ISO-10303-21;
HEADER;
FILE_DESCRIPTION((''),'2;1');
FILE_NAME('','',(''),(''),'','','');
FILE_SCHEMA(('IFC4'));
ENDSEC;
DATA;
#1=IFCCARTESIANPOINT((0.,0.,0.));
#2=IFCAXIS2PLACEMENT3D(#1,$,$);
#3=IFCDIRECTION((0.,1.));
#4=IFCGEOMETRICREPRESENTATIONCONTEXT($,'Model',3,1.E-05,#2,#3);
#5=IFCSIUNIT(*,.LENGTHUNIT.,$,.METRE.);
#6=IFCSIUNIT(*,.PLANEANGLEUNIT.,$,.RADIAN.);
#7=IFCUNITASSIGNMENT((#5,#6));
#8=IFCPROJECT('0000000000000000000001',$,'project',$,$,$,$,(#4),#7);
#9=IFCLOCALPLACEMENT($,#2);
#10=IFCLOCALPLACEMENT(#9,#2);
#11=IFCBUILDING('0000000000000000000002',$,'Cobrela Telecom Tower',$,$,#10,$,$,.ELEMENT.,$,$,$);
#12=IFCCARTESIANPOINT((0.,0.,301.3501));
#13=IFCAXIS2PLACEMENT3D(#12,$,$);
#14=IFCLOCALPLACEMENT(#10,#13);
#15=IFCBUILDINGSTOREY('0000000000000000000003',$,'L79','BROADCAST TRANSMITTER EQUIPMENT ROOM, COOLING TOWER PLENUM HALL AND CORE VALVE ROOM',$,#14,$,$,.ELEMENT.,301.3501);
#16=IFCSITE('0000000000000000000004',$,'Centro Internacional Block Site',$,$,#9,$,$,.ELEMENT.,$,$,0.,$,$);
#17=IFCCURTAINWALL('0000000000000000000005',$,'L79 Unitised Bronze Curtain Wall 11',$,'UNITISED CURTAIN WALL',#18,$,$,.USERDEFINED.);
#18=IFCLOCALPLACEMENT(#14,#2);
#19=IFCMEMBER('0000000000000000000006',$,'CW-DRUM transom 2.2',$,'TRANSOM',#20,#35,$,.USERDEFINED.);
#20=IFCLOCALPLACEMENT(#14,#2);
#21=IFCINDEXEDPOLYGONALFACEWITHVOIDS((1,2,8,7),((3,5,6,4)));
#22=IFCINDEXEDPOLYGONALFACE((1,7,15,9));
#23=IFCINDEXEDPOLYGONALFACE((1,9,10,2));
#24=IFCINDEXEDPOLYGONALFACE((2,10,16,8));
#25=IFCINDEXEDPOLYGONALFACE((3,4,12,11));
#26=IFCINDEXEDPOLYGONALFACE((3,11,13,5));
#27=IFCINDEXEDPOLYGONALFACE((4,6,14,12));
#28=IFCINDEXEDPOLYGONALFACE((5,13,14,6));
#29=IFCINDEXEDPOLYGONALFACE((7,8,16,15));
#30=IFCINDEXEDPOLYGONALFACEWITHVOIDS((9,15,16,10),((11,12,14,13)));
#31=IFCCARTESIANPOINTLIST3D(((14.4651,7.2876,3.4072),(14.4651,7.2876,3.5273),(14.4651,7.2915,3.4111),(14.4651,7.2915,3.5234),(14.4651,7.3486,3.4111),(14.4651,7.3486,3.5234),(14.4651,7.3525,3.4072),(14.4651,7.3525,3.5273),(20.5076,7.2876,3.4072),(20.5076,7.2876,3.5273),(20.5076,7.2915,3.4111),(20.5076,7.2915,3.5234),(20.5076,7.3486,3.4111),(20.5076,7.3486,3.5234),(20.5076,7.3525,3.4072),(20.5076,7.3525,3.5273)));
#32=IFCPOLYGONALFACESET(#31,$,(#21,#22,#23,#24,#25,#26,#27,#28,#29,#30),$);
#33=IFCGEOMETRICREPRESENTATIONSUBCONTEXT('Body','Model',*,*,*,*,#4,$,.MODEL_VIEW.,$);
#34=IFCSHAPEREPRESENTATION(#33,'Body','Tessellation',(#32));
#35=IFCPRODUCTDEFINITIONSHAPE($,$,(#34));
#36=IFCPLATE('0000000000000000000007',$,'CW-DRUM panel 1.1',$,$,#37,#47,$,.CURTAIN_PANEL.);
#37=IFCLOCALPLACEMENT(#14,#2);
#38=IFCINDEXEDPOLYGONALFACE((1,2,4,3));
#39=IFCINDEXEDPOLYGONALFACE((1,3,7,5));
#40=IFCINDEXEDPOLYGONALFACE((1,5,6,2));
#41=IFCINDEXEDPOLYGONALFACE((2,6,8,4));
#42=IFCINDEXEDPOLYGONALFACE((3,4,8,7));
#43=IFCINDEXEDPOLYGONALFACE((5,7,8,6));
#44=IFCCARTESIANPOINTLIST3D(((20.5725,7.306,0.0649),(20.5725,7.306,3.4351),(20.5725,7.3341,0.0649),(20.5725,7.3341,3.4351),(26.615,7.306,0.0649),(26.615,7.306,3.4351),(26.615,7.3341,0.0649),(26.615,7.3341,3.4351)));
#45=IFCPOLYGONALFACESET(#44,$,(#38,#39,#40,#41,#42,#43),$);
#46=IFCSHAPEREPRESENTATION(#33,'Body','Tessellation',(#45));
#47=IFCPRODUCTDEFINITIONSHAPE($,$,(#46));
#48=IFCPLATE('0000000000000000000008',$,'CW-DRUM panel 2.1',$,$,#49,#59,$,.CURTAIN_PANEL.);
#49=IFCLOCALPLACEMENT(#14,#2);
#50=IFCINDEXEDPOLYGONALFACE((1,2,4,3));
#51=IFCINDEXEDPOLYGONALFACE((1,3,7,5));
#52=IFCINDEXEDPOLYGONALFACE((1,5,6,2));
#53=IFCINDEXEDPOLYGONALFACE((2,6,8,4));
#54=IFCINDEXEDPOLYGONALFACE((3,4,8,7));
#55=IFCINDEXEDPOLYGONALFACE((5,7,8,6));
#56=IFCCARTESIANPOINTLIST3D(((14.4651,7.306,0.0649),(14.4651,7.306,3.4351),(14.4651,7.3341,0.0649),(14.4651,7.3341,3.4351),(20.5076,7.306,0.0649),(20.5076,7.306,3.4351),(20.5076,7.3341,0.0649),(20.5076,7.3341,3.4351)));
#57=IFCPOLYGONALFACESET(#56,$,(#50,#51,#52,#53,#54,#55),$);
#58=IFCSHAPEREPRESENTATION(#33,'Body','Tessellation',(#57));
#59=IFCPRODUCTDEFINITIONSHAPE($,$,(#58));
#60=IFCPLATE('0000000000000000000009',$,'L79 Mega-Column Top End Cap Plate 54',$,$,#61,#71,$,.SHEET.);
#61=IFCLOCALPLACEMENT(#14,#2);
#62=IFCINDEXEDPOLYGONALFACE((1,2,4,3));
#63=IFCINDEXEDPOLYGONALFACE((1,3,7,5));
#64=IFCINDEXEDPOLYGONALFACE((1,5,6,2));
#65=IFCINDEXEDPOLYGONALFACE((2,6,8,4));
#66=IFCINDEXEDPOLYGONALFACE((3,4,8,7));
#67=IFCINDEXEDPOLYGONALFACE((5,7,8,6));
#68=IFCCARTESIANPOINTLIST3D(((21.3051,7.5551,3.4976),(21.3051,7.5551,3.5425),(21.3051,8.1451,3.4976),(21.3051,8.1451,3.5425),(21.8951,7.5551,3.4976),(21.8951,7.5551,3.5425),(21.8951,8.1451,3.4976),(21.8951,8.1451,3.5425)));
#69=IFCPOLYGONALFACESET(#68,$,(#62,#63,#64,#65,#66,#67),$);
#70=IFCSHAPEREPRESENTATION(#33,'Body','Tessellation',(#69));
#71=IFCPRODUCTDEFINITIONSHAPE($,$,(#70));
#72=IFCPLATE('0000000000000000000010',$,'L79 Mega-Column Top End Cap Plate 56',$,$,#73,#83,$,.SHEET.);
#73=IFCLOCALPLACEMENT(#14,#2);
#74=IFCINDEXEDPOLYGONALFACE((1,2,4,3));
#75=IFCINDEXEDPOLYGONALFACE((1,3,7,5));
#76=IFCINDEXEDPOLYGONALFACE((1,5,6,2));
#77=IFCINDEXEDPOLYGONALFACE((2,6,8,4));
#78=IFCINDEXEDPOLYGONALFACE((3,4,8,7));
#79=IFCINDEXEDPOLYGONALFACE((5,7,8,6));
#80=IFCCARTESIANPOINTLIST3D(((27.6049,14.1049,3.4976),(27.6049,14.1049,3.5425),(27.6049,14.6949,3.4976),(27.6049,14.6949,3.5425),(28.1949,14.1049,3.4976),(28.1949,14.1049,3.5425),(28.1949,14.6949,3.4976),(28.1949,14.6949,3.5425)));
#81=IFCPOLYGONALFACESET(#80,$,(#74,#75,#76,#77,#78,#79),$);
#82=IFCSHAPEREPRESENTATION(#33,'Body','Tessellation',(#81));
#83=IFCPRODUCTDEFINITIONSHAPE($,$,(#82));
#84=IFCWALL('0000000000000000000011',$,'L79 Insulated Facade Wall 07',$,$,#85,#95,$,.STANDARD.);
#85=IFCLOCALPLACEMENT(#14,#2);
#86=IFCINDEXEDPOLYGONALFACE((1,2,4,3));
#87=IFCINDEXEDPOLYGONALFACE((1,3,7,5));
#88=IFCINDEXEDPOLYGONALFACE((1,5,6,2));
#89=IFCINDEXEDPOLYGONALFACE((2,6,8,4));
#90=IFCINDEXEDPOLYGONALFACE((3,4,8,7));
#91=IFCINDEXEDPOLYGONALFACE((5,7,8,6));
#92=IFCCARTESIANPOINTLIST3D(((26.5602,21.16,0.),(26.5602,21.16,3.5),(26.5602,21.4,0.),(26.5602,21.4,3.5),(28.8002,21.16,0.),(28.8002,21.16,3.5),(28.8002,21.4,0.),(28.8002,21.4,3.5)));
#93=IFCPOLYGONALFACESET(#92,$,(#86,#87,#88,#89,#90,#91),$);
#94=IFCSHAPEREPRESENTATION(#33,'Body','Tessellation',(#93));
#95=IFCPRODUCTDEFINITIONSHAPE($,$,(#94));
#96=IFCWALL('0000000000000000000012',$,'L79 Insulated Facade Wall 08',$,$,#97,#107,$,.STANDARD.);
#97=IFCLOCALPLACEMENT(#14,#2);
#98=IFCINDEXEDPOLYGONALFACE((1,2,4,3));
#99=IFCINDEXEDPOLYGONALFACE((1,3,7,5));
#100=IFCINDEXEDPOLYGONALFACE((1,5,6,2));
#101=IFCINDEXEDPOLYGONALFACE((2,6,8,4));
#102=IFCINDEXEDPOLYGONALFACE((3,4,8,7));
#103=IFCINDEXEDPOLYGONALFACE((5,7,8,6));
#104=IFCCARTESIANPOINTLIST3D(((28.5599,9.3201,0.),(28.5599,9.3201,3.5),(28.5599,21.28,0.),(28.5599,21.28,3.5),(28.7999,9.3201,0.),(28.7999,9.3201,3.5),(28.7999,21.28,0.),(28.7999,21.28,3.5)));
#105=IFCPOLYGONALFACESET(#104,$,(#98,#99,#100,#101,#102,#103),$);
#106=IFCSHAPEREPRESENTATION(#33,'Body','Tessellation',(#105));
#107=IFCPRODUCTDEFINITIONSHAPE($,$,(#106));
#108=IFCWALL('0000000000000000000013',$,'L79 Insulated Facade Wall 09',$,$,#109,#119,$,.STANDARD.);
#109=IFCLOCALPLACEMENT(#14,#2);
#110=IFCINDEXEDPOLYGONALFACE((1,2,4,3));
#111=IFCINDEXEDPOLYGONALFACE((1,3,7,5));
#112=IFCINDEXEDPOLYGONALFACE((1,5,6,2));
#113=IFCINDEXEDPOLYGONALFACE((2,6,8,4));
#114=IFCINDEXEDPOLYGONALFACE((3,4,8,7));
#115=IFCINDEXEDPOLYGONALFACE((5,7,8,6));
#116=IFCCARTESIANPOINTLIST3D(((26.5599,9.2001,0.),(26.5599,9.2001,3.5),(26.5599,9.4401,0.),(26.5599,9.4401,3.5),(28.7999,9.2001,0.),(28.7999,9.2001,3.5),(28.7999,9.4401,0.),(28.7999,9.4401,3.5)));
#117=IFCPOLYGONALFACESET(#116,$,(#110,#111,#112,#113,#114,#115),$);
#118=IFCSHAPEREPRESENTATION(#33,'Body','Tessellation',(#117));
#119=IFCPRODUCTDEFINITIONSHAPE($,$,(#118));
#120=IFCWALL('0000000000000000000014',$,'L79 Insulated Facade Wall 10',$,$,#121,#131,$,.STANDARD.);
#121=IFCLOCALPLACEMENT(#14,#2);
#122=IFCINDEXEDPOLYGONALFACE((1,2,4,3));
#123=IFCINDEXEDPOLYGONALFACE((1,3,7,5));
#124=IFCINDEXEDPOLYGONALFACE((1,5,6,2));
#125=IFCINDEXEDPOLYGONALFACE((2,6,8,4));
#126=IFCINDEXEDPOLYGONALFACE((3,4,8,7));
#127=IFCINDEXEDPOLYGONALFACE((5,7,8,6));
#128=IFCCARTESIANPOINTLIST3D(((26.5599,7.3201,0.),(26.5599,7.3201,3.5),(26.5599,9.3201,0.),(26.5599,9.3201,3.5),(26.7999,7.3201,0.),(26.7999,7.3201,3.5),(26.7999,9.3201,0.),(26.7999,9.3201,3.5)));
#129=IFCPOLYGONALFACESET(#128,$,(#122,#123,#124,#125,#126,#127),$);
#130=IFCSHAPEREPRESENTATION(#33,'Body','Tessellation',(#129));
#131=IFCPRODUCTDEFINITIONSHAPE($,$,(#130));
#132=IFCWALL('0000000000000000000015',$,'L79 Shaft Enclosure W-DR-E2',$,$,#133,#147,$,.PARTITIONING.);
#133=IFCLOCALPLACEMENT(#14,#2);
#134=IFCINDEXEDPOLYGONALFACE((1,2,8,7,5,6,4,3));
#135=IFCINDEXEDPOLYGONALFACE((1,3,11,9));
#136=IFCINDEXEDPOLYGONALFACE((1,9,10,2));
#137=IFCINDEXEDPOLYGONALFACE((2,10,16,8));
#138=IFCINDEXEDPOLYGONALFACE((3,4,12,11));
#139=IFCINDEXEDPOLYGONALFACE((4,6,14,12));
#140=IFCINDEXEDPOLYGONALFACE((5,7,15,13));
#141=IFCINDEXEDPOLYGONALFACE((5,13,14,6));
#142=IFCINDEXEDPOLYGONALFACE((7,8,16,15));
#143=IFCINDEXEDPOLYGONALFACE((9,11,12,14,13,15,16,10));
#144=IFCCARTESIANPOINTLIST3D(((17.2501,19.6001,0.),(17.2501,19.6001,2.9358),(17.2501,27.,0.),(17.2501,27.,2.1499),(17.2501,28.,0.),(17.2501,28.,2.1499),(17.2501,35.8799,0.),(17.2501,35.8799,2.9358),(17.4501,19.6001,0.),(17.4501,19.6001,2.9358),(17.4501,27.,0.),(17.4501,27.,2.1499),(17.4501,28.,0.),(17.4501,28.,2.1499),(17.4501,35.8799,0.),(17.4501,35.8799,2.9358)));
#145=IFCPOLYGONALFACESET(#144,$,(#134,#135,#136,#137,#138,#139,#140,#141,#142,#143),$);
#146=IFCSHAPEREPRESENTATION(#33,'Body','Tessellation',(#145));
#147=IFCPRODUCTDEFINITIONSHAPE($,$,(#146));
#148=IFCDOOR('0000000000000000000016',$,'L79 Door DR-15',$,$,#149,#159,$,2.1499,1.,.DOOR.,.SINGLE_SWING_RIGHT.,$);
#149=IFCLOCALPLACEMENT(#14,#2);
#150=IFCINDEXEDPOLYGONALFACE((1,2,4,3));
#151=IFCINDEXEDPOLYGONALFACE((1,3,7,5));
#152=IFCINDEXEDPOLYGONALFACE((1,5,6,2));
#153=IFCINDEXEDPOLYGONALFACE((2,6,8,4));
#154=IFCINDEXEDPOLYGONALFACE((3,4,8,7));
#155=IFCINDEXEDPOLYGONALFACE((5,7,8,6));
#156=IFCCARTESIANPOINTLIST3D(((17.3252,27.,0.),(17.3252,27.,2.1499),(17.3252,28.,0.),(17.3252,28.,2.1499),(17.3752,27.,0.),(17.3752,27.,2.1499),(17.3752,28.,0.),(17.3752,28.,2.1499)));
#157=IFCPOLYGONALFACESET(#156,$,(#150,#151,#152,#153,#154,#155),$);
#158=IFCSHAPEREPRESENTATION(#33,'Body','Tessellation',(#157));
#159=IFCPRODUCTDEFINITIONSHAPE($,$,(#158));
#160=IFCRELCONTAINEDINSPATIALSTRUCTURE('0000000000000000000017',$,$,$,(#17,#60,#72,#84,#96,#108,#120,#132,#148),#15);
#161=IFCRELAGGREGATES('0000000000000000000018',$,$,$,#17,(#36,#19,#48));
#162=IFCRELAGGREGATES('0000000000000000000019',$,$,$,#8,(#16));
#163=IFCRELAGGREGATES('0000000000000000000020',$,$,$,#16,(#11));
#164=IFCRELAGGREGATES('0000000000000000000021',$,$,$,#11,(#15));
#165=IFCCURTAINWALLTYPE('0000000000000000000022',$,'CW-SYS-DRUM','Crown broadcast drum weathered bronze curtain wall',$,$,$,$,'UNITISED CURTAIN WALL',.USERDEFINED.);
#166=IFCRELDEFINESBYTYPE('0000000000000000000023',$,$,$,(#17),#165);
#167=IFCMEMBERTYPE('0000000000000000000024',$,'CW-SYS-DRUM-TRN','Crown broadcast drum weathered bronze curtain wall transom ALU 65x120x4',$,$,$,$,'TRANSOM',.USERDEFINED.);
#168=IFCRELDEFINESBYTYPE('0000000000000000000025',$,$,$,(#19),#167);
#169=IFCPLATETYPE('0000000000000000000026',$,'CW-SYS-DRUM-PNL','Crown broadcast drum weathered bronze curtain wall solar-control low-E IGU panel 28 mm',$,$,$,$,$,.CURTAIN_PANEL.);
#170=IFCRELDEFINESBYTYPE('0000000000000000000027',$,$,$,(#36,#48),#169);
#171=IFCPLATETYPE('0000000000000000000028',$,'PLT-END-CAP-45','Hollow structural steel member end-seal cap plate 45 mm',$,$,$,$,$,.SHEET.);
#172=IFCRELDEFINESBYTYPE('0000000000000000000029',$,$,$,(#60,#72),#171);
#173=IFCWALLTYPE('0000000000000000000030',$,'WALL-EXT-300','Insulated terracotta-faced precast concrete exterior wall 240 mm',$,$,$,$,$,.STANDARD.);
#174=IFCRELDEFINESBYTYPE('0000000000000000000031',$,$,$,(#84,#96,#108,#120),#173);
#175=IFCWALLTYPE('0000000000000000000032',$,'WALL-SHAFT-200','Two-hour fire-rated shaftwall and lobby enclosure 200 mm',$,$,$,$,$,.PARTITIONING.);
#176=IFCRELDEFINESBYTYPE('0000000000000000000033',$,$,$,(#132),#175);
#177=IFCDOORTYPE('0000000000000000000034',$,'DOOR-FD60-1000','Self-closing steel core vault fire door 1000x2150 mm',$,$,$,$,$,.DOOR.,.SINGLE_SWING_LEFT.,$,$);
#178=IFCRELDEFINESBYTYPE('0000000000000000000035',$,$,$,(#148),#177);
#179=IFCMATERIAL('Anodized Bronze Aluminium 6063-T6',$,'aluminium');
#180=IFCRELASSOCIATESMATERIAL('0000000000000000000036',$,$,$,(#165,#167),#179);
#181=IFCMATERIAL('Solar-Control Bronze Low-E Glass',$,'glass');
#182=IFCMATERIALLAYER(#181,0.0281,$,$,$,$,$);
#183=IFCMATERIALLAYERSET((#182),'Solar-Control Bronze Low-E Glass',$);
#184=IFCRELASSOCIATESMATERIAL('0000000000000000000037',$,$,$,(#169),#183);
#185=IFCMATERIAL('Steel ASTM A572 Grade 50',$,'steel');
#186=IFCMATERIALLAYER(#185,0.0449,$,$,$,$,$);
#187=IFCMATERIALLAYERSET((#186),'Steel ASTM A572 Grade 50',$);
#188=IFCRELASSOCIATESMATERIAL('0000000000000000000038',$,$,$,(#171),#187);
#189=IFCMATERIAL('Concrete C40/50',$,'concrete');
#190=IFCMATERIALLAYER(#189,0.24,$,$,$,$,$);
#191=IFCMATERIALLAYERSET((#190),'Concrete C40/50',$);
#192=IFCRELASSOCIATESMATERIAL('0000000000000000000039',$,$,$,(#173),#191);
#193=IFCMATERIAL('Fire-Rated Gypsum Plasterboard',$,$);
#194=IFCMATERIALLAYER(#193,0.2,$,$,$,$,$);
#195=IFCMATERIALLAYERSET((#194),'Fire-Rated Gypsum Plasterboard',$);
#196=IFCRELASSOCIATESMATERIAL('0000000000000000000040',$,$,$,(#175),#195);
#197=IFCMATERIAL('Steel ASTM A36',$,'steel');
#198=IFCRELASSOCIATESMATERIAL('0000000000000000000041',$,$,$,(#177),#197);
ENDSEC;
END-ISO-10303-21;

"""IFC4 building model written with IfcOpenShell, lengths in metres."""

from ifc_helpers import new_model, si_unit, direction, frame, frame_2d, origin, origin_2d, place, context, subcontext, project, spatial, rectangle, hollow_rectangle, extrude, material, layer, layer_set, material_profile, profile_set, type_object, element, fill, aggregate, save


model = new_model("IFC4")

# Units and contexts
model_context = context("Model", 3, precision=1e-05, world=origin(), true_north=direction((0.0, 1.0)))
body_context = subcontext(model_context, "Body", "Model", "MODEL_VIEW")
ifc_project = project(units=[si_unit("LENGTHUNIT", "METRE"), si_unit("PLANEANGLEUNIT", "RADIAN")], contexts=[model_context])

# Site, building, storey
site_placement = place(None, origin())
site = spatial("IfcSite", under=ifc_project, at=site_placement, Name="Centro Internacional Block Site", CompositionType="ELEMENT", RefElevation=0.0)
building_placement = place(site_placement, origin())
building = spatial("IfcBuilding", under=site, at=building_placement, Name="Cobrela Telecom Tower", CompositionType="ELEMENT")
storey_placement = place(building_placement, frame((0.0, 0.0, 301.3501)))
storey = spatial("IfcBuildingStorey", under=building, at=storey_placement, Name="L79", Description="BROADCAST TRANSMITTER EQUIPMENT ROOM, COOLING TOWER PLENUM HALL AND CORE VALVE ROOM", CompositionType="ELEMENT", Elevation=301.3501)

# Shared definitions
ifc_material_1 = material(Name="Steel ASTM A572 Grade 50", Category="steel")

# Curtain wall, member, plates
ifc_material_2 = material(Name="Anodized Bronze Aluminium 6063-T6", Category="aluminium")
curtain_wall_type = type_object("IfcCurtainWallType", Name="CW-SYS-DRUM", Description="Crown broadcast drum weathered bronze curtain wall", ElementType="UNITISED CURTAIN WALL", PredefinedType="USERDEFINED", material=ifc_material_2)
curtain_wall_placement = place(storey_placement, origin())
curtain_wall = element("IfcCurtainWall", 1, at=curtain_wall_placement, inside=storey, type_object=curtain_wall_type, Name="L79 Unitised Bronze Curtain Wall 11", ObjectType="UNITISED CURTAIN WALL", PredefinedType="USERDEFINED")
ifc_material_profile_1 = material_profile(ifc_material_2, hollow_rectangle(XDim=0.0649, YDim=0.1201, WallThickness=0.0039, at=origin_2d()), Name="ALU 65x120x4")
ifc_profile_set_1 = profile_set([ifc_material_profile_1], Name="Anodized Bronze Aluminium 6063-T6")
member_type_1 = type_object("IfcMemberType", Name="CW-SYS-DRUM-TRN", Description="Crown broadcast drum weathered bronze curtain wall transom ALU 65x120x4", ElementType="TRANSOM", PredefinedType="USERDEFINED", material=ifc_profile_set_1)
member_1_placement = place(storey_placement, frame((20.5076, 7.3201, 3.4673), z_axis=(-1.0, 0.0, 0.0), x_axis=(0.0, -1.0, 0.0)))
member_1 = element("IfcMember", 2, at=member_1_placement, type_object=member_type_1, Name="CW-DRUM transom 2.2", ObjectType="TRANSOM", PredefinedType="USERDEFINED", context=body_context, shape_type="SweptSolid", body=[
    extrude(hollow_rectangle(XDim=0.0649, YDim=0.1201, WallThickness=0.0039, at=origin_2d()), origin(), (0.0, 0.0, 1.0), 6.0425),
])
ifc_material_3 = material(Name="Solar-Control Bronze Low-E Glass", Category="glass")
ifc_layer_1 = layer(ifc_material_3, 0.0281)
ifc_layer_set_1 = layer_set([ifc_layer_1], Name="Solar-Control Bronze Low-E Glass")
plate_type_1 = type_object("IfcPlateType", Name="CW-SYS-DRUM-PNL", Description="Crown broadcast drum weathered bronze curtain wall solar-control low-E IGU panel 28 mm", PredefinedType="CURTAIN_PANEL", material=ifc_layer_set_1)
plate_1_placement = place(storey_placement, frame((23.5938, 7.3201, 0.0649), z_axis=(0.0, 0.0, 1.0), x_axis=(-1.0, 0.0, 0.0)))
plate_1 = element("IfcPlate", 3, at=plate_1_placement, type_object=plate_type_1, Name="CW-DRUM panel 1.1", PredefinedType="CURTAIN_PANEL", context=body_context, shape_type="SweptSolid", body=[
    extrude(rectangle(XDim=6.0425, YDim=0.0281, at=origin_2d()), origin(), (0.0, 0.0, 1.0), 3.3701),
])
plate_2_placement = place(storey_placement, frame((17.4863, 7.3201, 0.0649), z_axis=(0.0, 0.0, 1.0), x_axis=(-1.0, 0.0, 0.0)))
plate_2 = element("IfcPlate", 4, at=plate_2_placement, type_object=plate_type_1, Name="CW-DRUM panel 2.1", PredefinedType="CURTAIN_PANEL", context=body_context, shape_type="SweptSolid", body=[
    extrude(rectangle(XDim=6.0425, YDim=0.0281, at=origin_2d()), origin(), (0.0, 0.0, 1.0), 3.3701),
])
aggregate(curtain_wall, [plate_1, member_1, plate_2])

# Plates
ifc_layer_2 = layer(ifc_material_1, 0.0449)
ifc_layer_set_2 = layer_set([ifc_layer_2], Name="Steel ASTM A572 Grade 50")
plate_type_2 = type_object("IfcPlateType", Name="PLT-END-CAP-45", Description="Hollow structural steel member end-seal cap plate 45 mm", PredefinedType="SHEET", material=ifc_layer_set_2)
for number, where, z_axis, x_axis, name in (
    (5, (21.6001, 7.8501, 3.4976), (0.0, 0.0, 1.0), (1.0, 0.0, 0.0), "L79 Mega-Column Top End Cap Plate 54"),
    (6, (27.8999, 14.3999, 3.4976), (0.0, 0.0, 1.0), (1.0, 0.0, 0.0), "L79 Mega-Column Top End Cap Plate 56"),
):
    element("IfcPlate", number, at=place(storey_placement, frame(where, z_axis=z_axis, x_axis=x_axis)), inside=storey, type_object=plate_type_2, Name=name, PredefinedType="SHEET", context=body_context, shape_type="SweptSolid", body=[
        extrude(rectangle(XDim=0.5901, YDim=0.5901, at=origin_2d()), origin(), (0.0, 0.0, 1.0), 0.0449),
    ])

# Walls
ifc_material_4 = material(Name="Concrete C40/50", Category="concrete")
ifc_layer_3 = layer(ifc_material_4, 0.24)
ifc_layer_set_3 = layer_set([ifc_layer_3], Name="Concrete C40/50")
wall_type_1 = type_object("IfcWallType", Name="WALL-EXT-300", Description="Insulated terracotta-faced precast concrete exterior wall 240 mm", PredefinedType="STANDARD", material=ifc_layer_set_3)
wall_1_placement = place(storey_placement, frame((26.5601, 21.28, 0.0), z_axis=(0.0, 0.0, 1.0), x_axis=(1.0, 0.0, 0.0)))
element("IfcWall", 7, at=wall_1_placement, inside=storey, type_object=wall_type_1, Name="L79 Insulated Facade Wall 07", PredefinedType="STANDARD", context=body_context, shape_type="SweptSolid", body=[
    extrude(rectangle(XDim=2.24, YDim=0.24, at=frame_2d((1.1201, 0.0))), origin(), (0.0, 0.0, 1.0), 3.5),
])
wall_2_placement = place(storey_placement, frame((28.6799, 21.28, 0.0), z_axis=(0.0, 0.0, 1.0), x_axis=(0.0, -1.0, 0.0)))
element("IfcWall", 8, at=wall_2_placement, inside=storey, type_object=wall_type_1, Name="L79 Insulated Facade Wall 08", PredefinedType="STANDARD", context=body_context, shape_type="SweptSolid", body=[
    extrude(rectangle(XDim=11.96, YDim=0.24, at=frame_2d((5.98, 0.0))), origin(), (0.0, 0.0, 1.0), 3.5),
])
wall_3_placement = place(storey_placement, frame((28.8, 9.3201, 0.0), z_axis=(0.0, 0.0, 1.0), x_axis=(-1.0, 0.0, 0.0)))
element("IfcWall", 9, at=wall_3_placement, inside=storey, type_object=wall_type_1, Name="L79 Insulated Facade Wall 09", PredefinedType="STANDARD", context=body_context, shape_type="SweptSolid", body=[
    extrude(rectangle(XDim=2.24, YDim=0.24, at=frame_2d((1.1201, 0.0))), origin(), (0.0, 0.0, 1.0), 3.5),
])
wall_4_placement = place(storey_placement, frame((26.6799, 9.3201, 0.0), z_axis=(0.0, 0.0, 1.0), x_axis=(0.0, -1.0, 0.0)))
element("IfcWall", 10, at=wall_4_placement, inside=storey, type_object=wall_type_1, Name="L79 Insulated Facade Wall 10", PredefinedType="STANDARD", context=body_context, shape_type="SweptSolid", body=[
    extrude(rectangle(XDim=2.0, YDim=0.24, at=frame_2d((1.0, 0.0))), origin(), (0.0, 0.0, 1.0), 3.5),
])

# Wall, opening, door
ifc_material_5 = material(Name="Fire-Rated Gypsum Plasterboard")
ifc_layer_4 = layer(ifc_material_5, 0.2)
ifc_layer_set_4 = layer_set([ifc_layer_4], Name="Fire-Rated Gypsum Plasterboard")
wall_type_2 = type_object("IfcWallType", Name="WALL-SHAFT-200", Description="Two-hour fire-rated shaftwall and lobby enclosure 200 mm", PredefinedType="PARTITIONING", material=ifc_layer_set_4)
wall_5_placement = place(storey_placement, frame((17.3501, 19.6001, 0.0), z_axis=(0.0, 0.0, 1.0), x_axis=(0.0, 1.0, 0.0)))
wall_5 = element("IfcWall", 11, at=wall_5_placement, inside=storey, type_object=wall_type_2, Name="L79 Shaft Enclosure W-DR-E2", PredefinedType="PARTITIONING", context=body_context, shape_type="SweptSolid", body=[
    extrude(rectangle(XDim=16.2798, YDim=0.2, at=frame_2d((8.1399, 0.0))), origin(), (0.0, 0.0, 1.0), 2.9358),
])
opening_1_placement = place(wall_5_placement, frame((7.3999, 0.0, 0.0)))
opening_1 = element("IfcOpeningElement", 12, at=opening_1_placement, cuts=wall_5, PredefinedType="OPENING", context=body_context, shape_type="SweptSolid", body=[
    extrude(rectangle(XDim=1.0, YDim=2.1499, at=frame_2d((0.5, 1.075))), frame((0.0, 0.1118, 0.0), z_axis=(0.0, -1.0, 0.0), x_axis=(1.0, 0.0, 0.0)), (0.0, 0.0, 1.0), 0.2239),
])
ifc_material_6 = material(Name="Steel ASTM A36", Category="steel")
door_type_1 = type_object("IfcDoorType", Name="DOOR-FD60-1000", Description="Self-closing steel core vault fire door 1000x2150 mm", OperationType="SINGLE_SWING_LEFT", PredefinedType="DOOR", material=ifc_material_6)
door_1_placement = place(opening_1_placement, origin())
door_1 = element("IfcDoor", 13, at=door_1_placement, inside=storey, type_object=door_type_1, Name="L79 Door DR-15", OperationType="SINGLE_SWING_RIGHT", OverallHeight=2.1499, OverallWidth=1.0, PredefinedType="DOOR", context=body_context, shape_type="SweptSolid", body=[
    extrude(rectangle(XDim=1.0, YDim=2.1499, at=frame_2d((0.5, 1.075))), frame((0.0, 0.0249, 0.0), z_axis=(0.0, -1.0, 0.0), x_axis=(1.0, 0.0, 0.0)), (0.0, 0.0, 1.0), 0.05),
])
fill(opening_1, door_1)

save(model, "model.ifc")
